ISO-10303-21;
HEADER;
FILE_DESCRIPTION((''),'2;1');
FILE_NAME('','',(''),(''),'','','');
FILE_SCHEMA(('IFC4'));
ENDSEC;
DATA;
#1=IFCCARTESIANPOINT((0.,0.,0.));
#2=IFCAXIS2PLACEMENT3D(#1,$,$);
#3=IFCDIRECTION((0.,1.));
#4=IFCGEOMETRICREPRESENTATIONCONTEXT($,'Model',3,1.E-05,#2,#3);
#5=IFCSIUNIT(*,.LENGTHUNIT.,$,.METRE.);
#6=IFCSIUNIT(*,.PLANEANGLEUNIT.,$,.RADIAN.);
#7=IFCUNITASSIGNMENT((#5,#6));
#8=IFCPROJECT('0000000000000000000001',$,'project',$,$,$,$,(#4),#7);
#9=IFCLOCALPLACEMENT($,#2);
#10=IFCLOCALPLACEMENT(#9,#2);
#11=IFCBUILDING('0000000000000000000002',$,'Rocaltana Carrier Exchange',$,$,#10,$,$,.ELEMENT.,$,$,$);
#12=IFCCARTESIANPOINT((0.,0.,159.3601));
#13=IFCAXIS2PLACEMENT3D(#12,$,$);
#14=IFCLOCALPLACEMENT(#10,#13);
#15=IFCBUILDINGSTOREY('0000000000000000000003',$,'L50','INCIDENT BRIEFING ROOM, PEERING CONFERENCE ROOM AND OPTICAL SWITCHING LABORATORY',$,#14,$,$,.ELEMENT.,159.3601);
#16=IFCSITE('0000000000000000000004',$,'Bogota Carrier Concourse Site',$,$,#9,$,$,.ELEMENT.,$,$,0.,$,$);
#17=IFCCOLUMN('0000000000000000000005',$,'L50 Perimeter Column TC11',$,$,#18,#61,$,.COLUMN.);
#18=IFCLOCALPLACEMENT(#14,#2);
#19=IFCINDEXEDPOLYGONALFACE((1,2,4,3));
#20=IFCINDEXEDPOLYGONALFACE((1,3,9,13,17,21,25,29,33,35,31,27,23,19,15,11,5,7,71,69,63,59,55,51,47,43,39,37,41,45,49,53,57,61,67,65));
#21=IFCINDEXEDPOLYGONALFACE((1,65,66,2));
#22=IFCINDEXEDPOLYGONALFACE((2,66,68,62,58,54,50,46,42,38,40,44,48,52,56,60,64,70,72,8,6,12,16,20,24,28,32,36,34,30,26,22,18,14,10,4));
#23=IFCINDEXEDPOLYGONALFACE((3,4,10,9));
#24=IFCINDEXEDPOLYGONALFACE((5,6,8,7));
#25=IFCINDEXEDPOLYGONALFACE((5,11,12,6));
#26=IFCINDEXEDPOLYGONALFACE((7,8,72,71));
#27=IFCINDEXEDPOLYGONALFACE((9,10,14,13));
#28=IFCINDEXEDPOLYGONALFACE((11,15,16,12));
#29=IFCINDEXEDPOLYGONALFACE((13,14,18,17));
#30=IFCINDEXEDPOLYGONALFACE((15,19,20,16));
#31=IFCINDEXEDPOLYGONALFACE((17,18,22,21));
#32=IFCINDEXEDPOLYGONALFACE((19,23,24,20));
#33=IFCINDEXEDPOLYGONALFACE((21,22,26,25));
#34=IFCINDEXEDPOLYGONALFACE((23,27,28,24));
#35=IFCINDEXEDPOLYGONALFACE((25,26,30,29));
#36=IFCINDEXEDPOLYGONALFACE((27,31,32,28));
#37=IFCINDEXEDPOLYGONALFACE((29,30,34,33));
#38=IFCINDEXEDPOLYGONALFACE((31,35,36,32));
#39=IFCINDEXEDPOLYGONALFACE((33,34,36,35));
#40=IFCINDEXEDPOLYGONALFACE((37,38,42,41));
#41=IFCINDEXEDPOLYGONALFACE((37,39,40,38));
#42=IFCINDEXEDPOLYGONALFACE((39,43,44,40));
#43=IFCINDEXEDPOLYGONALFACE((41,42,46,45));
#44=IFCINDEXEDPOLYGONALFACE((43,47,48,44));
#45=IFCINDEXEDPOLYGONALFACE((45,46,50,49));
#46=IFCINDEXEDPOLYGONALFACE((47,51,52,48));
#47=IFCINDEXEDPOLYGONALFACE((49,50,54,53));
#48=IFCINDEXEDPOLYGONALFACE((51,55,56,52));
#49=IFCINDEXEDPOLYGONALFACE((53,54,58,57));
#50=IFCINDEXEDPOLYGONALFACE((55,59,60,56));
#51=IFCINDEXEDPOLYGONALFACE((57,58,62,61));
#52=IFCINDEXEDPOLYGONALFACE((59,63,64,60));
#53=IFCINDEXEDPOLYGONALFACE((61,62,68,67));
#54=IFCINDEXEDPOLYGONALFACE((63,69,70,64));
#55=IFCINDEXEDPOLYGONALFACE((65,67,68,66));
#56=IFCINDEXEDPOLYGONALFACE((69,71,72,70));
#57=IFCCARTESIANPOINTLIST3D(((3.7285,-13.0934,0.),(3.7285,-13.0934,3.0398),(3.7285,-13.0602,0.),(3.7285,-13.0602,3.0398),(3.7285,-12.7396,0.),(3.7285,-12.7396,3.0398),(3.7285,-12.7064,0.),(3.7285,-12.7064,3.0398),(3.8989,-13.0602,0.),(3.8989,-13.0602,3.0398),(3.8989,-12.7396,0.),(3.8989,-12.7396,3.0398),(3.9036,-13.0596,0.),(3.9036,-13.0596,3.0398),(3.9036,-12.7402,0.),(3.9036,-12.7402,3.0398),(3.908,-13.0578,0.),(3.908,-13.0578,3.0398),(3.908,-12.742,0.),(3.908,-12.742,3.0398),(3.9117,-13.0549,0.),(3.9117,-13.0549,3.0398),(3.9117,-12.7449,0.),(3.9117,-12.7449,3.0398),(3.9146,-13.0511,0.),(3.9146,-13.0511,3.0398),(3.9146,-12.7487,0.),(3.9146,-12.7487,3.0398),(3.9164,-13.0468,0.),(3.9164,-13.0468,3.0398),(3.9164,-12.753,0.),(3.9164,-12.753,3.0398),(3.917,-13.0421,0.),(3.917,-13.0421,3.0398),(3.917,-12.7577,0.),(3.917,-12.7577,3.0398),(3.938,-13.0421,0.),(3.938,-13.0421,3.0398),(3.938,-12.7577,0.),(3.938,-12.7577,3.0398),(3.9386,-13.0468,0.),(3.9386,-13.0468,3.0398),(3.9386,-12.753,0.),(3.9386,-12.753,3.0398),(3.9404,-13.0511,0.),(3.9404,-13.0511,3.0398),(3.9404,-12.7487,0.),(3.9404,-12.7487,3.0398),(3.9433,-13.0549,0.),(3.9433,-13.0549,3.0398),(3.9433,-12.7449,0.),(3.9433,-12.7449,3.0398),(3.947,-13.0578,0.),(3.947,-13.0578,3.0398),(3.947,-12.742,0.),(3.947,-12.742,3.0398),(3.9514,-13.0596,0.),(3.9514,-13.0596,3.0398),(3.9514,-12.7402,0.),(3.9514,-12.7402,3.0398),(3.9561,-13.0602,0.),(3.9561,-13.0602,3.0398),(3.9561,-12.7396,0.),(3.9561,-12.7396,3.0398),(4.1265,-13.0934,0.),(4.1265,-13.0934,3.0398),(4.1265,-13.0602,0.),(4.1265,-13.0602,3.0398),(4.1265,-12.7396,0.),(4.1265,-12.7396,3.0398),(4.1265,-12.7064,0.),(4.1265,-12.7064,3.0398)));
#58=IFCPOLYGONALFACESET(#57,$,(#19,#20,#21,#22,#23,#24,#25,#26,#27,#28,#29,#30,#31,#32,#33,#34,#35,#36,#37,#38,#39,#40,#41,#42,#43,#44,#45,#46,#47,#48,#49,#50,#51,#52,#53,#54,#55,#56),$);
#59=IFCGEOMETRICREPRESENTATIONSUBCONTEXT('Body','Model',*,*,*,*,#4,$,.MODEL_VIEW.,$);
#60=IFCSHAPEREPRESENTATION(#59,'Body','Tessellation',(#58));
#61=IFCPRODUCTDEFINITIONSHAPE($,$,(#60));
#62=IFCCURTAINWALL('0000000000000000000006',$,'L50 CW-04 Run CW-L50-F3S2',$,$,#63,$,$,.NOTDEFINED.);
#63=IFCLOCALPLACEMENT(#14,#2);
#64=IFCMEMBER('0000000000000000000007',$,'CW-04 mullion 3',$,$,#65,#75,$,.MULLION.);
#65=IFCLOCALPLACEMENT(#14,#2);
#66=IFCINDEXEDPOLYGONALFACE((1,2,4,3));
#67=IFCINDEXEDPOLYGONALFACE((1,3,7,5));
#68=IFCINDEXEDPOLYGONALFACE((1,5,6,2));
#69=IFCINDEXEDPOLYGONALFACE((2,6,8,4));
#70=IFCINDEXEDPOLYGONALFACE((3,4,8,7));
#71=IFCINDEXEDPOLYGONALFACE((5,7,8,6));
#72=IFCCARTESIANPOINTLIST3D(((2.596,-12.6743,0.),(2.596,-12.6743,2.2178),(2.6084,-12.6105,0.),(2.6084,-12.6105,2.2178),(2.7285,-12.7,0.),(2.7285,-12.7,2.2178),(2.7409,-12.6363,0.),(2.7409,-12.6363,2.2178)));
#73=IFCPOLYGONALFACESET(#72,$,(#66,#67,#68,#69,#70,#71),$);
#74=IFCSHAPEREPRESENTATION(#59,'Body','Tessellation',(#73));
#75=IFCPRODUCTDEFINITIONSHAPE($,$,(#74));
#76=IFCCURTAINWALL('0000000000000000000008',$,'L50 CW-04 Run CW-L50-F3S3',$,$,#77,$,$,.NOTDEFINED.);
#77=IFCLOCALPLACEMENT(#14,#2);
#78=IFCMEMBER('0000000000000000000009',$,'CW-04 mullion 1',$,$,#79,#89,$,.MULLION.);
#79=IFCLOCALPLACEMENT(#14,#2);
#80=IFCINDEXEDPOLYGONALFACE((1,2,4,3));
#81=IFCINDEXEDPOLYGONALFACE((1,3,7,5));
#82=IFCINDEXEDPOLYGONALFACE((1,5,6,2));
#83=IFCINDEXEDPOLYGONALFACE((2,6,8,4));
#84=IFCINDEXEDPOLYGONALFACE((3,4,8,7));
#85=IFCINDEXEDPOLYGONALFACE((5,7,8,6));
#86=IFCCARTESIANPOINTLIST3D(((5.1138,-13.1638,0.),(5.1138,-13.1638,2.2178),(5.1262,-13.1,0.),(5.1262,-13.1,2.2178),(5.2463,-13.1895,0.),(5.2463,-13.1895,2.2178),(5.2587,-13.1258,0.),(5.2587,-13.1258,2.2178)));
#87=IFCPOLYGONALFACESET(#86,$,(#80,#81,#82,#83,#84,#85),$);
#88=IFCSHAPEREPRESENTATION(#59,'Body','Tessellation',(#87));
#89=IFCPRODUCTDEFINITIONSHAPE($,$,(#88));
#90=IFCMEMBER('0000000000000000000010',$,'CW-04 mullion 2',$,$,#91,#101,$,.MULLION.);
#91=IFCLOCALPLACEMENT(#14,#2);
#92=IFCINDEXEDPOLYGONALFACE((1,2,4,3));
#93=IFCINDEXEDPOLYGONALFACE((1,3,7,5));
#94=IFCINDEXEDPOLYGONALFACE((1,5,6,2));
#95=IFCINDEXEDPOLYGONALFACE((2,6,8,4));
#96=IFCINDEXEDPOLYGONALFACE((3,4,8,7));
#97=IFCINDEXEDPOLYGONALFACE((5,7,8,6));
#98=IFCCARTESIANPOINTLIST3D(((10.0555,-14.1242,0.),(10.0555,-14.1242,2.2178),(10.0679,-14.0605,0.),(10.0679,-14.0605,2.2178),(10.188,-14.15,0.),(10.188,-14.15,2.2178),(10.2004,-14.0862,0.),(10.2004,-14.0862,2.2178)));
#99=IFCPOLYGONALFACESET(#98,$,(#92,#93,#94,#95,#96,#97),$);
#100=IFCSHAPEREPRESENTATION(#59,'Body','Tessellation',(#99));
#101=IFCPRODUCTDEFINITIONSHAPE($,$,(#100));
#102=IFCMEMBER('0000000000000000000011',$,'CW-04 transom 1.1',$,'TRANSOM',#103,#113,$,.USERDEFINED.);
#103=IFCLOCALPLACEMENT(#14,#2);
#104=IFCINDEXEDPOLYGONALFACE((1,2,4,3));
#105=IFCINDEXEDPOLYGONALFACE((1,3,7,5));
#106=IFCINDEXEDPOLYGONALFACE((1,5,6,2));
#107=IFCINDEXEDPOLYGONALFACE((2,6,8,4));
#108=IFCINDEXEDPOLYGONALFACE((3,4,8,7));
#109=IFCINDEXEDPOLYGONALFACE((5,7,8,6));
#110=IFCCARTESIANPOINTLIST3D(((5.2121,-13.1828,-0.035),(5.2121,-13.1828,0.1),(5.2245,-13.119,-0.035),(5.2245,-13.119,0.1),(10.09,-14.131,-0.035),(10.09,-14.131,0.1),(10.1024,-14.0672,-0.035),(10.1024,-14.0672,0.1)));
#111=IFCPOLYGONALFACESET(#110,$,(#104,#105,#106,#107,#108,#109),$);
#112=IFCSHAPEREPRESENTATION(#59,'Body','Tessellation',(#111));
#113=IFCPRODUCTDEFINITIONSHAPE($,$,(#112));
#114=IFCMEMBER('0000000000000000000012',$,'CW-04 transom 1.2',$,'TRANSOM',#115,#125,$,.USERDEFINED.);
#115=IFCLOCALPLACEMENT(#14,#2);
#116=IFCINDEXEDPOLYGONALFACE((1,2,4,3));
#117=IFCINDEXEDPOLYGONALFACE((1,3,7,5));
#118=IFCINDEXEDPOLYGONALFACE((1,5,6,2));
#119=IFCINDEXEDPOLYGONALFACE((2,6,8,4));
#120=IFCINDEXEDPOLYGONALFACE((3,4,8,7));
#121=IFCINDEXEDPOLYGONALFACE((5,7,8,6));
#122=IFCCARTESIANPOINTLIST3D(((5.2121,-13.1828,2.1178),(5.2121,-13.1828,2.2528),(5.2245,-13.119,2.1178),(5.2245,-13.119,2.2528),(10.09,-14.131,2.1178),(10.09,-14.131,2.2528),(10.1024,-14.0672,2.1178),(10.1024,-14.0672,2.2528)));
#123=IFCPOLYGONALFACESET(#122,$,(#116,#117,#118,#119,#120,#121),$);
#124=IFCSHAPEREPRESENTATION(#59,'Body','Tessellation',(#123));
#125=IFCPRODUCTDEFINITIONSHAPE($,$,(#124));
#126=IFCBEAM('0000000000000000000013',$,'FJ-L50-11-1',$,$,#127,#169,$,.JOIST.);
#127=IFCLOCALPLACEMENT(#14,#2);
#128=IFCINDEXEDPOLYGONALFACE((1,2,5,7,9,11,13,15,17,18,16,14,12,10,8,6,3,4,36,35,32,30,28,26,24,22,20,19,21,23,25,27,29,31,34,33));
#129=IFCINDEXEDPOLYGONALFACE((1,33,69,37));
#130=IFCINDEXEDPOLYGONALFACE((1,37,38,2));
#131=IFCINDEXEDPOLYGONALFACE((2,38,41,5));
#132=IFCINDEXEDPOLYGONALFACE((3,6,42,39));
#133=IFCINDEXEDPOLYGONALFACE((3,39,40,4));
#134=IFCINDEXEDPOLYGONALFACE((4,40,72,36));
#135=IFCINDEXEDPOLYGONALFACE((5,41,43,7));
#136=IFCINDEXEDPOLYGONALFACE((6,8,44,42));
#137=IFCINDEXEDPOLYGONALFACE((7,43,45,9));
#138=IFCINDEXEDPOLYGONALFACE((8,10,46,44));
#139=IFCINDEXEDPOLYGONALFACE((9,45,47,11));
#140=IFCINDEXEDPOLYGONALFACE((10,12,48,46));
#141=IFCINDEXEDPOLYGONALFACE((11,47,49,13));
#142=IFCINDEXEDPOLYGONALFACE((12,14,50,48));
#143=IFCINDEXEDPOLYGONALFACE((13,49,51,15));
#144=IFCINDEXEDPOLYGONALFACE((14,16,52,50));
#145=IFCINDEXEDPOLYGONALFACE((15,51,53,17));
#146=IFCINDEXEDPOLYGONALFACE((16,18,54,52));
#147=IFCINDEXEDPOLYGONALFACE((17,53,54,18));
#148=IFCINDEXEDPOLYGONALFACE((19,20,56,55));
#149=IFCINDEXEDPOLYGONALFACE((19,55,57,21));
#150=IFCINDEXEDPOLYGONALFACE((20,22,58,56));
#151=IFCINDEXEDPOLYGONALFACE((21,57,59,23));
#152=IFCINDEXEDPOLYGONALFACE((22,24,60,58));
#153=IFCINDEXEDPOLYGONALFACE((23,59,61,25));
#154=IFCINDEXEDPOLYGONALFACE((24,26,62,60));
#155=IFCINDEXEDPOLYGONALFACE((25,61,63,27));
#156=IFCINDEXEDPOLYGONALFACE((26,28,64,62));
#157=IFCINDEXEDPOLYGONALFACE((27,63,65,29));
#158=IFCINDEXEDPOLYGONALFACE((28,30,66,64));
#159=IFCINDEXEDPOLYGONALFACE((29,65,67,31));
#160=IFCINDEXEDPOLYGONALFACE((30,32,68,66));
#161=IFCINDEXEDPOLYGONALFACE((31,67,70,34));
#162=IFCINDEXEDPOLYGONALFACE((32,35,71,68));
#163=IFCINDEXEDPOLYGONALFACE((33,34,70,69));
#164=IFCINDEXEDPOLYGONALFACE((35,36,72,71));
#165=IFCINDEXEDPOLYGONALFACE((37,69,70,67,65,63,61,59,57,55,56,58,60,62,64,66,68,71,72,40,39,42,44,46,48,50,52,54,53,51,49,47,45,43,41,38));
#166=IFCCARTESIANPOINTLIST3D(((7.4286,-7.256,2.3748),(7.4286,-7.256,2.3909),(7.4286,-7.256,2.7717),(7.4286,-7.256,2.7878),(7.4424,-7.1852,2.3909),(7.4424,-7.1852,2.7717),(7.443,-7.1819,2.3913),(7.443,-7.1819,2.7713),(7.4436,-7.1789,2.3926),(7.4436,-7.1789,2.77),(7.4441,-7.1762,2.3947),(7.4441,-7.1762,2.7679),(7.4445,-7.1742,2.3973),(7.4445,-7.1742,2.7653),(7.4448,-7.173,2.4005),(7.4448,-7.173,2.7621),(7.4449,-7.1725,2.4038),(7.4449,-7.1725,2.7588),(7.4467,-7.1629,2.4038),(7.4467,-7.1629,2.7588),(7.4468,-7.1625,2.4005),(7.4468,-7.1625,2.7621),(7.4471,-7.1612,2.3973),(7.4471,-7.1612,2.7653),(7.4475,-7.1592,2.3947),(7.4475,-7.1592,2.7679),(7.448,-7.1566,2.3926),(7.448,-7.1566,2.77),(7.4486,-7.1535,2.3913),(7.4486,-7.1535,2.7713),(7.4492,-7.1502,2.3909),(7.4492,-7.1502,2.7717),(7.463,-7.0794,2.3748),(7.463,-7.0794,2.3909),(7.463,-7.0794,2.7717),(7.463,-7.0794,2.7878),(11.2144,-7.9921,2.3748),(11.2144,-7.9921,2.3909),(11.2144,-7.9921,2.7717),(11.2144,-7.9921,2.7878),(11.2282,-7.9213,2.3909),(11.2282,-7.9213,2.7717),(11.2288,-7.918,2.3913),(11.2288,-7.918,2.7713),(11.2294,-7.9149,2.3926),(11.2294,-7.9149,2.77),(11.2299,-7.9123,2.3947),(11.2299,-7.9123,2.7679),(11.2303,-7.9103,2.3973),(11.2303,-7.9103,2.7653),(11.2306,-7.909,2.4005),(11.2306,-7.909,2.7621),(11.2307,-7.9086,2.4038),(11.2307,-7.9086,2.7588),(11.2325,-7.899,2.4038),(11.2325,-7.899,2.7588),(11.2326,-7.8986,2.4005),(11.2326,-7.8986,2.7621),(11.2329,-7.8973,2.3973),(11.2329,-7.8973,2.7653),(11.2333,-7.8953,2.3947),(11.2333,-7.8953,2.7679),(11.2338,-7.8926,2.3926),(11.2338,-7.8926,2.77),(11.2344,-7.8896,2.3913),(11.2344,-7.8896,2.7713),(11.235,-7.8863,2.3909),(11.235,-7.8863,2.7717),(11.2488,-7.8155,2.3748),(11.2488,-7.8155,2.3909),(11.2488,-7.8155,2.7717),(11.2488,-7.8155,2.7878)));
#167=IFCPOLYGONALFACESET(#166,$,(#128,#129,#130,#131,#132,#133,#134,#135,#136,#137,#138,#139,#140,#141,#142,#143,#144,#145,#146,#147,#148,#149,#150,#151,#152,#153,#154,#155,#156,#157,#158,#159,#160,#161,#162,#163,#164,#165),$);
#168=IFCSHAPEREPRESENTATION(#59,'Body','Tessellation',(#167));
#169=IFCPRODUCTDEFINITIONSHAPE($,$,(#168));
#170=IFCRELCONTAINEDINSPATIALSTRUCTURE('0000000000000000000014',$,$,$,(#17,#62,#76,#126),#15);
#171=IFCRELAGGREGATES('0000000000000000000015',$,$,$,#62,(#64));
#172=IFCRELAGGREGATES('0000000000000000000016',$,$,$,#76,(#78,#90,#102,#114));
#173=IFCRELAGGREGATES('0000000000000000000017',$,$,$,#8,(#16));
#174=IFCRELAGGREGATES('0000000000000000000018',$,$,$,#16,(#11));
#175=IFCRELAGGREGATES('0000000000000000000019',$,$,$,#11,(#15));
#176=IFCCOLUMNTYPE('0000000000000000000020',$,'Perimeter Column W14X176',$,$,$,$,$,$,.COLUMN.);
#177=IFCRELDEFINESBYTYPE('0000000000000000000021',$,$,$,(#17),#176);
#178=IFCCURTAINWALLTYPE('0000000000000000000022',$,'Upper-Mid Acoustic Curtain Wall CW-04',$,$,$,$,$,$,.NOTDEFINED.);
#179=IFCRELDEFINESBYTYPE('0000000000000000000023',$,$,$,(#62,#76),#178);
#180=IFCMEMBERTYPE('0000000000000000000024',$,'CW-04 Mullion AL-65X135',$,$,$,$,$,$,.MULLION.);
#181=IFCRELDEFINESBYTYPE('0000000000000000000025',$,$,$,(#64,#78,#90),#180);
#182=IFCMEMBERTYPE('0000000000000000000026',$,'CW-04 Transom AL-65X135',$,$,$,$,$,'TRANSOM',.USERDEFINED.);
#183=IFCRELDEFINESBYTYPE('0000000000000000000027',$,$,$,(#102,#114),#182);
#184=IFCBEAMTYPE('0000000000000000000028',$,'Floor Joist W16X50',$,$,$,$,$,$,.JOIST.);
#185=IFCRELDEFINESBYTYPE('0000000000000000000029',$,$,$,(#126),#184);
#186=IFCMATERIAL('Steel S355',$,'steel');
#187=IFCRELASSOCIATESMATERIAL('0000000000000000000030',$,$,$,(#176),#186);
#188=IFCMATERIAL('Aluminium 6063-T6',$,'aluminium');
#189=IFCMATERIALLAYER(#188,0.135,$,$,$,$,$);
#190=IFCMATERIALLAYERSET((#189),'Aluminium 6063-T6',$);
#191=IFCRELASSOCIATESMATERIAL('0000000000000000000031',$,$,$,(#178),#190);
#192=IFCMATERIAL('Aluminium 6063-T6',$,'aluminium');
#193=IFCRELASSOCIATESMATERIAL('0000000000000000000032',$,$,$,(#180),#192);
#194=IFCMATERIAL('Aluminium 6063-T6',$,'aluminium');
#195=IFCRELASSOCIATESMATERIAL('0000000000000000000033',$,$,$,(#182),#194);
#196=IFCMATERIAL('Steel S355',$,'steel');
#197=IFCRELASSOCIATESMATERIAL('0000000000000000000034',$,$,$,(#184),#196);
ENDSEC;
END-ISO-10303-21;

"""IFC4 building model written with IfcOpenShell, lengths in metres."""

from ifc_helpers import new_model, si_unit, direction, frame, origin, origin_2d, place, context, subcontext, project, spatial, rectangle, i_section, extrude, material, layer, layer_set, material_profile, profile_set, type_object, element, aggregate, save


model = new_model("IFC4")

# Units and contexts
model_context = context("Model", 3, precision=1e-05, world=origin(), true_north=direction((0.0, 1.0)))
body_context = subcontext(model_context, "Body", "Model", "MODEL_VIEW")
ifc_project = project(units=[si_unit("LENGTHUNIT", "METRE"), si_unit("PLANEANGLEUNIT", "RADIAN")], contexts=[model_context])

# Site, building, storey
site_placement = place(None, origin())
site = spatial("IfcSite", under=ifc_project, at=site_placement, Name="Bogota Carrier Concourse Site", CompositionType="ELEMENT", RefElevation=0.0)
building_placement = place(site_placement, origin())
building = spatial("IfcBuilding", under=site, at=building_placement, Name="Rocaltana Carrier Exchange", CompositionType="ELEMENT")
storey_placement = place(building_placement, frame((0.0, 0.0, 159.3601)))
storey = spatial("IfcBuildingStorey", under=building, at=storey_placement, Name="L50", Description="INCIDENT BRIEFING ROOM, PEERING CONFERENCE ROOM AND OPTICAL SWITCHING LABORATORY", CompositionType="ELEMENT", Elevation=159.3601)

# Column
ifc_material_1 = material(Name="Steel S355", Category="steel")
ifc_material_profile_1 = material_profile(ifc_material_1, i_section(OverallWidth=0.3979, OverallDepth=0.387, WebThickness=0.021, FlangeThickness=0.0332, FilletRadius=0.0181, at=origin_2d()), Name="W14X176")
ifc_profile_set_1 = profile_set([ifc_material_profile_1], Name="Steel S355")
column_type = type_object("IfcColumnType", Name="Perimeter Column W14X176", PredefinedType="COLUMN", material=ifc_profile_set_1)
column_placement = place(storey_placement, frame((3.9275, -12.8999, 0.0), z_axis=(0.0, 0.0, 1.0), x_axis=(1.0, 0.0, 0.0)))
element("IfcColumn", 1, at=column_placement, inside=storey, type_object=column_type, Name="L50 Perimeter Column TC11", PredefinedType="COLUMN", context=body_context, shape_type="SweptSolid", body=[
    extrude(i_section(OverallWidth=0.3979, OverallDepth=0.387, WebThickness=0.021, FlangeThickness=0.0332, FilletRadius=0.0181, at=origin_2d()), origin(), (0.0, 0.0, 1.0), 3.0398),
])

# Curtain wall, member
ifc_material_2 = material(Name="Aluminium 6063-T6", Category="aluminium")
ifc_layer_1 = layer(ifc_material_2, 0.135)
ifc_layer_set_1 = layer_set([ifc_layer_1], Name="Aluminium 6063-T6")
curtain_wall_type = type_object("IfcCurtainWallType", Name="Upper-Mid Acoustic Curtain Wall CW-04", PredefinedType="NOTDEFINED", material=ifc_layer_set_1)
curtain_wall_1_placement = place(storey_placement, origin())
curtain_wall_1 = element("IfcCurtainWall", 2, at=curtain_wall_1_placement, inside=storey, type_object=curtain_wall_type, Name="L50 CW-04 Run CW-L50-F3S2", PredefinedType="NOTDEFINED")
ifc_material_3 = material(Name="Aluminium 6063-T6", Category="aluminium")
ifc_material_profile_2 = material_profile(ifc_material_3, rectangle(XDim=0.0649, YDim=0.135, at=origin_2d()), Name="AL-65X135")
ifc_profile_set_2 = profile_set([ifc_material_profile_2], Name="Aluminium 6063-T6")
member_type_1 = type_object("IfcMemberType", Name="CW-04 Mullion AL-65X135", PredefinedType="MULLION", material=ifc_profile_set_2)
member_1_placement = place(storey_placement, frame((2.6685, -12.6553, 0.0), z_axis=(0.0, 0.0, 1.0), x_axis=(0.190815, 0.981626, 0.0)))
member_1 = element("IfcMember", 3, at=member_1_placement, type_object=member_type_1, Name="CW-04 mullion 3", PredefinedType="MULLION", context=body_context, shape_type="SweptSolid", body=[
    extrude(rectangle(XDim=0.0649, YDim=0.135, at=origin_2d()), origin(), (0.0, 0.0, 1.0), 2.2178),
])

# Curtain wall, members
curtain_wall_2_placement = place(storey_placement, origin())
curtain_wall_2 = element("IfcCurtainWall", 4, at=curtain_wall_2_placement, inside=storey, type_object=curtain_wall_type, Name="L50 CW-04 Run CW-L50-F3S3", PredefinedType="NOTDEFINED")
member_2_placement = place(storey_placement, frame((5.1863, -13.1448, 0.0), z_axis=(0.0, 0.0, 1.0), x_axis=(0.190805, 0.981628, 0.0)))
member_2 = element("IfcMember", 5, at=member_2_placement, type_object=member_type_1, Name="CW-04 mullion 1", PredefinedType="MULLION", context=body_context, shape_type="SweptSolid", body=[
    extrude(rectangle(XDim=0.0649, YDim=0.135, at=origin_2d()), origin(), (0.0, 0.0, 1.0), 2.2178),
])
member_3_placement = place(storey_placement, frame((10.1279, -14.1052, 0.0), z_axis=(0.0, 0.0, 1.0), x_axis=(0.190805, 0.981628, 0.0)))
member_3 = element("IfcMember", 6, at=member_3_placement, type_object=member_type_1, Name="CW-04 mullion 2", PredefinedType="MULLION", context=body_context, shape_type="SweptSolid", body=[
    extrude(rectangle(XDim=0.0649, YDim=0.135, at=origin_2d()), origin(), (0.0, 0.0, 1.0), 2.2178),
])
ifc_material_4 = material(Name="Aluminium 6063-T6", Category="aluminium")
ifc_material_profile_3 = material_profile(ifc_material_4, rectangle(XDim=0.0649, YDim=0.135, at=origin_2d()), Name="AL-65X135")
ifc_profile_set_3 = profile_set([ifc_material_profile_3], Name="Aluminium 6063-T6")
member_type_2 = type_object("IfcMemberType", Name="CW-04 Transom AL-65X135", ElementType="TRANSOM", PredefinedType="USERDEFINED", material=ifc_profile_set_3)
member_4_placement = place(storey_placement, frame((5.2183, -13.1509, 0.0325), z_axis=(0.981625, -0.190822, 0.0), x_axis=(0.190822, 0.981625, 0.0)))
member_4 = element("IfcMember", 7, at=member_4_placement, type_object=member_type_2, Name="CW-04 transom 1.1", ObjectType="TRANSOM", PredefinedType="USERDEFINED", context=body_context, shape_type="SweptSolid", body=[
    extrude(rectangle(XDim=0.0649, YDim=0.135, at=origin_2d()), origin(), (0.0, 0.0, 1.0), 4.9692),
])
member_5_placement = place(storey_placement, frame((5.2183, -13.1509, 2.1853), z_axis=(0.981625, -0.190822, 0.0), x_axis=(0.190822, 0.981625, 0.0)))
member_5 = element("IfcMember", 8, at=member_5_placement, type_object=member_type_2, Name="CW-04 transom 1.2", ObjectType="TRANSOM", PredefinedType="USERDEFINED", context=body_context, shape_type="SweptSolid", body=[
    extrude(rectangle(XDim=0.0649, YDim=0.135, at=origin_2d()), origin(), (0.0, 0.0, 1.0), 4.9692),
])

# Beam
ifc_material_5 = material(Name="Steel S355", Category="steel")
ifc_material_profile_4 = material_profile(ifc_material_5, i_section(OverallWidth=0.1799, OverallDepth=0.4131, WebThickness=0.0098, FlangeThickness=0.0161, FilletRadius=0.0129, at=origin_2d()), Name="W16X50")
ifc_profile_set_4 = profile_set([ifc_material_profile_4], Name="Steel S355")
beam_type_1 = type_object("IfcBeamType", Name="Floor Joist W16X50", PredefinedType="JOIST", material=ifc_profile_set_4)
beam_1_placement = place(storey_placement, frame((7.4458, -7.1677, 2.5813), z_axis=(0.981618, -0.190854, 0.0), x_axis=(0.190854, 0.981618, 0.0)))
element("IfcBeam", 9, at=beam_1_placement, inside=storey, type_object=beam_type_1, Name="FJ-L50-11-1", PredefinedType="JOIST", context=body_context, shape_type="SweptSolid", body=[
    extrude(i_section(OverallWidth=0.1799, OverallDepth=0.4131, WebThickness=0.0098, FlangeThickness=0.0161, FilletRadius=0.0129, at=origin_2d()), origin(), (0.0, 0.0, 1.0), 3.8567),
])

aggregate(curtain_wall_1, [member_1])
aggregate(curtain_wall_2, [member_2, member_3, member_4, member_5])

save(model, "model.ifc")
